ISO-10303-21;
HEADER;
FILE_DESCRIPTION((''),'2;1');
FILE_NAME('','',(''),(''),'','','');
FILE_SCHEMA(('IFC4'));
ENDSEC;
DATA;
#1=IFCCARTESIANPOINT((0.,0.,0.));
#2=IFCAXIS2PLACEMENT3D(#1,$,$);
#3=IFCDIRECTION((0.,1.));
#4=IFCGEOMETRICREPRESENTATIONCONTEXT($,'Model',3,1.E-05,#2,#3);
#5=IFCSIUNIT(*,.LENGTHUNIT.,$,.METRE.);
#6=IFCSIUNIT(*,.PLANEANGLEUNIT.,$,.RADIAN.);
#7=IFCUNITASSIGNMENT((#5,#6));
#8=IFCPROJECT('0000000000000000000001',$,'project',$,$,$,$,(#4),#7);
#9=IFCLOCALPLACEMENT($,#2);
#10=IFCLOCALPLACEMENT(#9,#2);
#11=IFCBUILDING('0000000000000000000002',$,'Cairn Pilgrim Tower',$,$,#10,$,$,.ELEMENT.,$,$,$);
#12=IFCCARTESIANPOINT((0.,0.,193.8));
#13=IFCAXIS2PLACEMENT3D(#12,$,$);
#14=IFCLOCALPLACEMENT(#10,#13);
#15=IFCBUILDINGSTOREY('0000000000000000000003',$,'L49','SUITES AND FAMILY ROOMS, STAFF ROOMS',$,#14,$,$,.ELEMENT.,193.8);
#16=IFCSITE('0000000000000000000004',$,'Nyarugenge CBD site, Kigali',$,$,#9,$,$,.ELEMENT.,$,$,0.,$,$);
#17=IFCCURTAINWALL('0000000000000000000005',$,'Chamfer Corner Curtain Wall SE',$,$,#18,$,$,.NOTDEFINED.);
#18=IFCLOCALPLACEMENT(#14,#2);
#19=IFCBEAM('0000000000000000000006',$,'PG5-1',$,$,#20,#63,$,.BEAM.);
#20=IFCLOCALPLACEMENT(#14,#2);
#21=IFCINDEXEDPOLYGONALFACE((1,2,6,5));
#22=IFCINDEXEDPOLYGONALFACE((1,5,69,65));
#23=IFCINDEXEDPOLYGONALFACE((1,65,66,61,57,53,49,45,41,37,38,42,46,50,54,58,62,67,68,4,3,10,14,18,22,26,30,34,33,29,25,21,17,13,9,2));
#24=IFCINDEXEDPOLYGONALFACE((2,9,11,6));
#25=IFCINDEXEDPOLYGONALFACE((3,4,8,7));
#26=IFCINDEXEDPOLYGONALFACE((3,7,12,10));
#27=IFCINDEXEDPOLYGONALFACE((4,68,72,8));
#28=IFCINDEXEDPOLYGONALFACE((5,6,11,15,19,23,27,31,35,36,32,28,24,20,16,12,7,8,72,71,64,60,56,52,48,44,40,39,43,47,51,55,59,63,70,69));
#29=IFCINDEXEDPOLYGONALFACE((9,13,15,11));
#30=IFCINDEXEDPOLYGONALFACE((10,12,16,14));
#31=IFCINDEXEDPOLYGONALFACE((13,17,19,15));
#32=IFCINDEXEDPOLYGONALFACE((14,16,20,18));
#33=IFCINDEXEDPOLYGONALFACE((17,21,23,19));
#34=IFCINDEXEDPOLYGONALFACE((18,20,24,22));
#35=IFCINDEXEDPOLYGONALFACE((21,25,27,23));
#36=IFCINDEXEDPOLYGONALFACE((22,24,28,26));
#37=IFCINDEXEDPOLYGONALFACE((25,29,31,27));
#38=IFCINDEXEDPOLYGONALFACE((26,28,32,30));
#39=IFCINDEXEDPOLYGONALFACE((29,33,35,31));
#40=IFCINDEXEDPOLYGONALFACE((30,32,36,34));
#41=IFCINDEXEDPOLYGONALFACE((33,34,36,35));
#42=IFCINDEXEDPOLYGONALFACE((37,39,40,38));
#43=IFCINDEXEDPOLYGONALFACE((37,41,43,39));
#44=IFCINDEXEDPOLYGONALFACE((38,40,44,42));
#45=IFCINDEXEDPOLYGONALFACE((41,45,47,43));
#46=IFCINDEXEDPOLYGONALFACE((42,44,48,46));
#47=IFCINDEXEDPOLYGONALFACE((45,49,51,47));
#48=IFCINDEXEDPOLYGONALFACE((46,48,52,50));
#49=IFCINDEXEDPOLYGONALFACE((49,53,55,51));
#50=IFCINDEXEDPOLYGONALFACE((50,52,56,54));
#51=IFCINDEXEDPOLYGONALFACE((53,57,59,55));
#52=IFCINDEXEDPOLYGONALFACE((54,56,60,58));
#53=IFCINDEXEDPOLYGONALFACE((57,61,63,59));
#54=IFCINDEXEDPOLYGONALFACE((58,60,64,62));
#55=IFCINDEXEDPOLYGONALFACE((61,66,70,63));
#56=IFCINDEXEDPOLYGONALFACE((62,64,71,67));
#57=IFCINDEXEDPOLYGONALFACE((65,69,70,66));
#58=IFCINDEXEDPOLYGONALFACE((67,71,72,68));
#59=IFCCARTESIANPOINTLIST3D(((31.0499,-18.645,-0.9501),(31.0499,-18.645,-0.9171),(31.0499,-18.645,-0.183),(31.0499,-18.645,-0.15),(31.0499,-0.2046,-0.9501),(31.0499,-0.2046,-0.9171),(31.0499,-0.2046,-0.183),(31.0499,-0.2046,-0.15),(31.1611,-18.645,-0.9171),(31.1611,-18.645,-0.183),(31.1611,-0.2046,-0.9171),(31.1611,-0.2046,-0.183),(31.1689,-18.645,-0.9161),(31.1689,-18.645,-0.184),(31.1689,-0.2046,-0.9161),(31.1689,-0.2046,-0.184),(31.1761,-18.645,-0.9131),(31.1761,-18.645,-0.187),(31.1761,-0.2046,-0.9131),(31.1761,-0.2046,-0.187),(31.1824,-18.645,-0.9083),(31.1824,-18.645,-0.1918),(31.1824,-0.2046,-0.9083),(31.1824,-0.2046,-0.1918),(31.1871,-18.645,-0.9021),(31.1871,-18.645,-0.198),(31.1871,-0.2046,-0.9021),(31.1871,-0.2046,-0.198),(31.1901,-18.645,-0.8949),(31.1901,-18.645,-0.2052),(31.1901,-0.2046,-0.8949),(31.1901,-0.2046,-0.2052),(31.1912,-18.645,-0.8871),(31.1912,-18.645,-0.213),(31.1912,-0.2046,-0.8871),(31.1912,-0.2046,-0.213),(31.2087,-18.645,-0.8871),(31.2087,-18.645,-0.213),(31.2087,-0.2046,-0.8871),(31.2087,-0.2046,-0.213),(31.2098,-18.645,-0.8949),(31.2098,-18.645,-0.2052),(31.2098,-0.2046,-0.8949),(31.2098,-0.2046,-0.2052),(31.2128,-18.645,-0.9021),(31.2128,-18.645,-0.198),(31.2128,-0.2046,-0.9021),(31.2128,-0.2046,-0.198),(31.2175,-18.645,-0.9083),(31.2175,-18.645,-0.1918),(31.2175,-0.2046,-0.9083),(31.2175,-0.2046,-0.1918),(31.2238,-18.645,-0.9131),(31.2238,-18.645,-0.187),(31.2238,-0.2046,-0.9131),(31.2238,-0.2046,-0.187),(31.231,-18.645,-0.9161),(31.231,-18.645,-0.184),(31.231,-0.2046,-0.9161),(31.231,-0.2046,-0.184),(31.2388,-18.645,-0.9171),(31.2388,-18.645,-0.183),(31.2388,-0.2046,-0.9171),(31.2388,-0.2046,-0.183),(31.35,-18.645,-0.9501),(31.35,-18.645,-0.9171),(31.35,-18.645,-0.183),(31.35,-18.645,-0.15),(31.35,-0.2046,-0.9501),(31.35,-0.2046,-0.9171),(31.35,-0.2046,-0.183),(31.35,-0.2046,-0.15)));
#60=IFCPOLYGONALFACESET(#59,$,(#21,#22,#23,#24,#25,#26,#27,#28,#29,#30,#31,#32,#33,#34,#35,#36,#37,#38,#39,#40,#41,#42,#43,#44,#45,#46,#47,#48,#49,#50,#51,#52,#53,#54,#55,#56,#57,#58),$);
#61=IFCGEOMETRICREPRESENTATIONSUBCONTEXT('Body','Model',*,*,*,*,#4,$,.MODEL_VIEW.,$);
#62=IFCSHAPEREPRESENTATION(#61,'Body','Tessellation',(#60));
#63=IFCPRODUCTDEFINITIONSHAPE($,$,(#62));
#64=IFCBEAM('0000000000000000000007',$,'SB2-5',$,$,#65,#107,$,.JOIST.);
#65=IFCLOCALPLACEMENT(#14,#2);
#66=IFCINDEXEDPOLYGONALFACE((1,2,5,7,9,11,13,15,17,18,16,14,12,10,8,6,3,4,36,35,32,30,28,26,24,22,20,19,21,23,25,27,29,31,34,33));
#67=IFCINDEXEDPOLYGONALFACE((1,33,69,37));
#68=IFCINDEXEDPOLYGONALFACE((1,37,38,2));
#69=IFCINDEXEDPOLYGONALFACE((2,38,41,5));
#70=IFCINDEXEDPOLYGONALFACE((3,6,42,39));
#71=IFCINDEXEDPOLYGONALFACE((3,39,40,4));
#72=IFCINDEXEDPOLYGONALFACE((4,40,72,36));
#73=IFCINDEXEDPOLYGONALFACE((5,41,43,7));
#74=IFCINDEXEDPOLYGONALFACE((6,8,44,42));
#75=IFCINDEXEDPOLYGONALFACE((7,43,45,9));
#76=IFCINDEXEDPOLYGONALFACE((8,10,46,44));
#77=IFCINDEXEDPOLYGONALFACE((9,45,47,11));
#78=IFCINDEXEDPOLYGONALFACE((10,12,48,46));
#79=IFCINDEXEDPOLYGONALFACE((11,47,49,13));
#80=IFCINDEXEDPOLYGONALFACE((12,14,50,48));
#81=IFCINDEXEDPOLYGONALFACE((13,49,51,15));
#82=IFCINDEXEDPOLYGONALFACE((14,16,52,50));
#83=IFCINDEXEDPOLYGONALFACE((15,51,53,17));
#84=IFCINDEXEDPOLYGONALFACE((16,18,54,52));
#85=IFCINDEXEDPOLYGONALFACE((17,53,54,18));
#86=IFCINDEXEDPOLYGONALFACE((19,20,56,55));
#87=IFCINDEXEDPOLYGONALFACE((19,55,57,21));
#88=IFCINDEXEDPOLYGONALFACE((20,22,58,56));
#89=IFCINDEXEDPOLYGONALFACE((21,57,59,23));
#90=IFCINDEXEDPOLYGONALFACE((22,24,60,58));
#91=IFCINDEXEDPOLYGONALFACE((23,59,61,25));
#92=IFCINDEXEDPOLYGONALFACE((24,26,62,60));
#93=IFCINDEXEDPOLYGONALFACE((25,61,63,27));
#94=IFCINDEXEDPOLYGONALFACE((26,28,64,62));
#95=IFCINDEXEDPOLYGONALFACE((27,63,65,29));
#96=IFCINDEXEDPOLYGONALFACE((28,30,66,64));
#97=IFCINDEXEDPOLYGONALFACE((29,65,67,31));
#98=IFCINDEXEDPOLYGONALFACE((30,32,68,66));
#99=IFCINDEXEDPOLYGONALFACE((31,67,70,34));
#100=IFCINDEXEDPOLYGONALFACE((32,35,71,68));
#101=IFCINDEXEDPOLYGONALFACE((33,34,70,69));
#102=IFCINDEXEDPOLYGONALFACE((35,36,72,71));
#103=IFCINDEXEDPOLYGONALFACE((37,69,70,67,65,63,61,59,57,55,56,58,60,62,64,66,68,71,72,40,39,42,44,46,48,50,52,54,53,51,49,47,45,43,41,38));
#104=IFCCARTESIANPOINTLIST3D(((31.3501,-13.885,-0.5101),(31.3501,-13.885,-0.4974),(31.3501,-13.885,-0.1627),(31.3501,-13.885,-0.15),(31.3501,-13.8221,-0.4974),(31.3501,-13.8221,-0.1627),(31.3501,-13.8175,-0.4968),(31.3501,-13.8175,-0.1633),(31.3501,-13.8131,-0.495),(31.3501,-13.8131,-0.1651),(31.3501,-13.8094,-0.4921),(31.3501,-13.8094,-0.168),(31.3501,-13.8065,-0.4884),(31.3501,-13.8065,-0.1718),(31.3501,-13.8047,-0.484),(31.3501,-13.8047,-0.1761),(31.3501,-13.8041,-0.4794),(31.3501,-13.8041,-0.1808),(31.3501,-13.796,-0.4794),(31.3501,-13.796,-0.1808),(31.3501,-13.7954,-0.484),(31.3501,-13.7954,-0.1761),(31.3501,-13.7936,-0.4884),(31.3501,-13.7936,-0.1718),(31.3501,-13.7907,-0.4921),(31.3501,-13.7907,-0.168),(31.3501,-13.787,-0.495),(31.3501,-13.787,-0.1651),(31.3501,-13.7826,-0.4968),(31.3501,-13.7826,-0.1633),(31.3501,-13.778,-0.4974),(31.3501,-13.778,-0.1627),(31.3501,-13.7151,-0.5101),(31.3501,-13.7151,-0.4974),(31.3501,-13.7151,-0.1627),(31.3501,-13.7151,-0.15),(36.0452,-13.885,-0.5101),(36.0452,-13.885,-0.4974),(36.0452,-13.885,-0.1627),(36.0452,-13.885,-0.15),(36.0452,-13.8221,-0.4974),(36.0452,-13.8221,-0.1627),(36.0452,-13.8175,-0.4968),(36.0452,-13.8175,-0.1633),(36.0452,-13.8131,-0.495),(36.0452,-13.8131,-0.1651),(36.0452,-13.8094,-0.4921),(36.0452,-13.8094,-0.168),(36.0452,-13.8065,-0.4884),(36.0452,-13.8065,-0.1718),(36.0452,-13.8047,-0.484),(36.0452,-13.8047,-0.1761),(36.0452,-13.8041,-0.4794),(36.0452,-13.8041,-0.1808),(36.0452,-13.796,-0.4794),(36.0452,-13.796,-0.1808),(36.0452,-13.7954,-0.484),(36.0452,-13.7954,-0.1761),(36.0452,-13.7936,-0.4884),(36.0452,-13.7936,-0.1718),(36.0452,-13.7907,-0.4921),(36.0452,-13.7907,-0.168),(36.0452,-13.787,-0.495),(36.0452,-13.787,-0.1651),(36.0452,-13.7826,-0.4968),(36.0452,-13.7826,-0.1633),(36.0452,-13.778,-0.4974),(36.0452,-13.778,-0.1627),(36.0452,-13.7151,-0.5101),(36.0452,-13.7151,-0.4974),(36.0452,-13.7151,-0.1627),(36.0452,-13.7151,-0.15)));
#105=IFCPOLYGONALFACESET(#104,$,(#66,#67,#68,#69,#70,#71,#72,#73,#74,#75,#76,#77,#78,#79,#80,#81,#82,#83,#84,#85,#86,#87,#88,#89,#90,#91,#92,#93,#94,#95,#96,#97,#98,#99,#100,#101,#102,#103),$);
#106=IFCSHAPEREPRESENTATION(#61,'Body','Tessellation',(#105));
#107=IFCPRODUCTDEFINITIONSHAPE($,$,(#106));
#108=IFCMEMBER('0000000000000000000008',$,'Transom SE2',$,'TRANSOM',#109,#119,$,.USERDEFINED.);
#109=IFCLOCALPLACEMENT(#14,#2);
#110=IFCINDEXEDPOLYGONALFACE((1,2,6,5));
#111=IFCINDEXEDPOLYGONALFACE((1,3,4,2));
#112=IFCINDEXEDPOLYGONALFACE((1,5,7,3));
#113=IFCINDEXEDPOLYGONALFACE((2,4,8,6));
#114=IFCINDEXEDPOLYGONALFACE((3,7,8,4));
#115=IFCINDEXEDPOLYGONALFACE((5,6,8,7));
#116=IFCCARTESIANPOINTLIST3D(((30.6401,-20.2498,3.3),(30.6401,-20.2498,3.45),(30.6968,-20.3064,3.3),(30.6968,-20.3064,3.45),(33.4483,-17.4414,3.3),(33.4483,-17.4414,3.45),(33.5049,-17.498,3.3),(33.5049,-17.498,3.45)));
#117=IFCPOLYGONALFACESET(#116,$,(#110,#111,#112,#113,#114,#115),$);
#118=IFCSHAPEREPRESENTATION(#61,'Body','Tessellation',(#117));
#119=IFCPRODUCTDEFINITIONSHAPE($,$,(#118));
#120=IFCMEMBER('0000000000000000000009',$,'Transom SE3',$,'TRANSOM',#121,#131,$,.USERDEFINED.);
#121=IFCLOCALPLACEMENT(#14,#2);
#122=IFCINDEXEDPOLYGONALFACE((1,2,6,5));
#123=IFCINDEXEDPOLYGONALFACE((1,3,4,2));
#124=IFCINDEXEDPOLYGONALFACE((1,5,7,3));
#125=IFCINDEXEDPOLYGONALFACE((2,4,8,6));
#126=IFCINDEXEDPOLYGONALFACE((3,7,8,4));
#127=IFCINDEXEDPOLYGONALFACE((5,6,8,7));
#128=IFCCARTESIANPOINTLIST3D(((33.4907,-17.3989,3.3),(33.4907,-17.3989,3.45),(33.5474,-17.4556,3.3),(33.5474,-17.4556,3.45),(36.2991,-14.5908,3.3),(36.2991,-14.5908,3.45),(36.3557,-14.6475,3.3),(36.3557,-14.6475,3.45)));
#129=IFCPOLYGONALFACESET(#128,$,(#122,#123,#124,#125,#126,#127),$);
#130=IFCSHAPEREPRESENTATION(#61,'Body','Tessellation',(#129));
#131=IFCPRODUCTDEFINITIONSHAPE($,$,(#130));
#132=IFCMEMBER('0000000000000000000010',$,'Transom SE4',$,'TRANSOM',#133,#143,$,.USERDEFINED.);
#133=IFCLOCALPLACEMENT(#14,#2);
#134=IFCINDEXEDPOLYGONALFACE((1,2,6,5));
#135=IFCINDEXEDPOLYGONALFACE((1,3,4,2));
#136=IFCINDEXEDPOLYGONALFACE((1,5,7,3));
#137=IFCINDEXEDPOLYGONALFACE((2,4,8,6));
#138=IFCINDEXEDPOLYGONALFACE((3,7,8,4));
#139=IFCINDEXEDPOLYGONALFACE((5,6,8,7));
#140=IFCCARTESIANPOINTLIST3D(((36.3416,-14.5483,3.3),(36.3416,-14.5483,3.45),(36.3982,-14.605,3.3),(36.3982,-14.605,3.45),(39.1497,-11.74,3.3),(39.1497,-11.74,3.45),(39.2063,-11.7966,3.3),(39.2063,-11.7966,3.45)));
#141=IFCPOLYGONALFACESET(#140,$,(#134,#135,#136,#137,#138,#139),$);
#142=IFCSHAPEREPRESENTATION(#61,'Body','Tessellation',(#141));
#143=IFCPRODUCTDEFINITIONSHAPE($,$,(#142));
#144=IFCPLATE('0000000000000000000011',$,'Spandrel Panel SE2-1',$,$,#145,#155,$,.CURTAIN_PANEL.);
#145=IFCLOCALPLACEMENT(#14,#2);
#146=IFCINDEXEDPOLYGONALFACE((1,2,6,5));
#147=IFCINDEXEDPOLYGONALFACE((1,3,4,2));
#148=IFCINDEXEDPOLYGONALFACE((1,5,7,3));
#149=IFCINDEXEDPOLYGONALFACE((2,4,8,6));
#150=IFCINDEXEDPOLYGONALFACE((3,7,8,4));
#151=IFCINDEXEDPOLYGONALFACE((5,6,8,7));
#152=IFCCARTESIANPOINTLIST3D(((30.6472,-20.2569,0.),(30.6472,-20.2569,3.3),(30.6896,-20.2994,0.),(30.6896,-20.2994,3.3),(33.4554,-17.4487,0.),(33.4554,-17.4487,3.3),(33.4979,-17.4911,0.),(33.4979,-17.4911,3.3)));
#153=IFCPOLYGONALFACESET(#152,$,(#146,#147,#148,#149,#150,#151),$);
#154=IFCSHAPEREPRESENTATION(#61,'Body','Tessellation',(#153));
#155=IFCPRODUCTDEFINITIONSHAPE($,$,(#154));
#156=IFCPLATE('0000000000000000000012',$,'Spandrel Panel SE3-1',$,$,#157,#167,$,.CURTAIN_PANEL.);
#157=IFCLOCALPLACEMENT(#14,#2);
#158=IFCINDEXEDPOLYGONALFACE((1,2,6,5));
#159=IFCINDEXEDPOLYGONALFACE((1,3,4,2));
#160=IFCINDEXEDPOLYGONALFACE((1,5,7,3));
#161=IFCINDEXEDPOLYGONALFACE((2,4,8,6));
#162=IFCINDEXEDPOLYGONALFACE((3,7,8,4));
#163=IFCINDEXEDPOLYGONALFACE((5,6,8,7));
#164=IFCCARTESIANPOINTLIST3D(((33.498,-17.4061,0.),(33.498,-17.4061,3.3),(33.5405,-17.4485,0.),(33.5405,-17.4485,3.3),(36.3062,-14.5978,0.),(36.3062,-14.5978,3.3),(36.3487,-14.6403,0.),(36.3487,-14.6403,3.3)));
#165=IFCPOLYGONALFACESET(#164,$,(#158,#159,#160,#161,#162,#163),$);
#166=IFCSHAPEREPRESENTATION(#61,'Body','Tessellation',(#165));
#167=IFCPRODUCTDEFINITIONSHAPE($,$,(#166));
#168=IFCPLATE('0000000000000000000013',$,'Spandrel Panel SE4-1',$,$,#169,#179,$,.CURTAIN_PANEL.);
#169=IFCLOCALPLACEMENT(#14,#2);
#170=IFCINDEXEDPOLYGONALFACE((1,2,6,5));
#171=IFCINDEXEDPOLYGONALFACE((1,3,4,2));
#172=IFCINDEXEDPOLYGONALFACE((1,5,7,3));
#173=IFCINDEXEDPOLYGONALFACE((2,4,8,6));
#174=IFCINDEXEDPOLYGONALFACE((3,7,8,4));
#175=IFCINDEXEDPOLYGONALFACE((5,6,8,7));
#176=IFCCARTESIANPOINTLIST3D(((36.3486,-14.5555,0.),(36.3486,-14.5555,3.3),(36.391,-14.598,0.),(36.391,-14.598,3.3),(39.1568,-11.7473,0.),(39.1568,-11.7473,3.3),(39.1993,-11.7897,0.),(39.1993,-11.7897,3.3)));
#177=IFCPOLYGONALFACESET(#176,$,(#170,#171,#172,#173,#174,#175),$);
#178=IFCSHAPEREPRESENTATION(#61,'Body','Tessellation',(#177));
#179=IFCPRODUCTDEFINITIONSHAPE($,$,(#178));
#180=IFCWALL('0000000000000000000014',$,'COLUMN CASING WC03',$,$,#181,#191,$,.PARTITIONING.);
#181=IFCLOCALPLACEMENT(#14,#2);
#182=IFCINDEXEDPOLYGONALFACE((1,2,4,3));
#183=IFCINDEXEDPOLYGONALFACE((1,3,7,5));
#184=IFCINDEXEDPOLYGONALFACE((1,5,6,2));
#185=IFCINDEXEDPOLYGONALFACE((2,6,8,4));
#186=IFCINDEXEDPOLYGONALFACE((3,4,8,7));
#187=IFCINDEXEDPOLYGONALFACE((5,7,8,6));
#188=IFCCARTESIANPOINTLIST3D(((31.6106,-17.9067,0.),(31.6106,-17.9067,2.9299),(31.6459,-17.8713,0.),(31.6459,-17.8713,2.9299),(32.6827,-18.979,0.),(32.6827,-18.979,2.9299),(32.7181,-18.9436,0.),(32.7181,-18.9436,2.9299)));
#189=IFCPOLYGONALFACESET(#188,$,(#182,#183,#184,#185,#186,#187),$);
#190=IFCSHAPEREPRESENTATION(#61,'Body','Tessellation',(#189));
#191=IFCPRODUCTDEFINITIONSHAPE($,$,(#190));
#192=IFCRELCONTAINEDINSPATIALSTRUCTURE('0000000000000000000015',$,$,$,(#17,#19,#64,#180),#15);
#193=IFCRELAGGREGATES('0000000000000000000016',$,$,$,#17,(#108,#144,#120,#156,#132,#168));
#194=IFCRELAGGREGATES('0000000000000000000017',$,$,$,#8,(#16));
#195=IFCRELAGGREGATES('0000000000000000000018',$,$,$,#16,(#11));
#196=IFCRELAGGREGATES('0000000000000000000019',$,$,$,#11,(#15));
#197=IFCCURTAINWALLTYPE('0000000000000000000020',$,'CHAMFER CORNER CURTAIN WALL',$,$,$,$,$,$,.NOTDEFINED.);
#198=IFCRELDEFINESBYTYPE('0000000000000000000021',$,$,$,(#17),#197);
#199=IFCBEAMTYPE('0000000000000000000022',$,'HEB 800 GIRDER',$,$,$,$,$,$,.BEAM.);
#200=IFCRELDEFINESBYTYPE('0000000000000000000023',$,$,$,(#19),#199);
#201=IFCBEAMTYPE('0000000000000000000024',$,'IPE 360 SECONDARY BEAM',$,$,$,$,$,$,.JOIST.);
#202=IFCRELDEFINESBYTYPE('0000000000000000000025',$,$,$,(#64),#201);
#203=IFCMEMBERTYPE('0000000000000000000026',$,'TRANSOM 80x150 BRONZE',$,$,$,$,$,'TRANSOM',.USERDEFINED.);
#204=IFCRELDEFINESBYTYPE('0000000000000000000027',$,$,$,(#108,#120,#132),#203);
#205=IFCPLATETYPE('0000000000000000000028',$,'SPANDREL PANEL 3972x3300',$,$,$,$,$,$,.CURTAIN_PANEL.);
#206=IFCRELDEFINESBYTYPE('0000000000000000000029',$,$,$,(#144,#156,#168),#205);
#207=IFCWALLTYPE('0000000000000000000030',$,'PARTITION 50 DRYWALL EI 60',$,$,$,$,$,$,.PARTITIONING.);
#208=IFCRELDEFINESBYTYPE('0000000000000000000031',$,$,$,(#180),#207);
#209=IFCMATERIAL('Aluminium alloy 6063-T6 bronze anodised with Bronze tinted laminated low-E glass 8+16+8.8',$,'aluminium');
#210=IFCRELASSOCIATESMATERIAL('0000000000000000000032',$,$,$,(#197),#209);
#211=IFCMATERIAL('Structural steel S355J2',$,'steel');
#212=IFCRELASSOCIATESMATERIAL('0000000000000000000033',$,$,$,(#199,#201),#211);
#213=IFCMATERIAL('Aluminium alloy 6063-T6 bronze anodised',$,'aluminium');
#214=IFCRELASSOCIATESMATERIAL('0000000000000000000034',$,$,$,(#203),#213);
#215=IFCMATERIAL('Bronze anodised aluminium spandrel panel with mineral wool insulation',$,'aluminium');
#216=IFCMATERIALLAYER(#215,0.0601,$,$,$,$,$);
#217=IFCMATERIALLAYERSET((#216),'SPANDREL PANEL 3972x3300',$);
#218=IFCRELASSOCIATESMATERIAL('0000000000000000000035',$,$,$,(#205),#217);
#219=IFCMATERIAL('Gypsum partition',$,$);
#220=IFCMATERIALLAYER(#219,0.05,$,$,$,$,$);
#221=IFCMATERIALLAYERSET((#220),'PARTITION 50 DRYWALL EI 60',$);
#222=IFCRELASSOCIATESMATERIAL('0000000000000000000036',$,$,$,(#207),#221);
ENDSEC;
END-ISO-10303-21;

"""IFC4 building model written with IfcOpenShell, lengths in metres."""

from ifc_helpers import new_model, si_unit, direction, frame, frame_2d, origin, origin_2d, place, context, subcontext, project, spatial, rectangle, i_section, extrude, material, layer, layer_set, material_profile, profile_set, type_object, element, aggregate, save


model = new_model("IFC4")

# Units and contexts
model_context = context("Model", 3, precision=1e-05, world=origin(), true_north=direction((0.0, 1.0)))
body_context = subcontext(model_context, "Body", "Model", "MODEL_VIEW")
ifc_project = project(units=[si_unit("LENGTHUNIT", "METRE"), si_unit("PLANEANGLEUNIT", "RADIAN")], contexts=[model_context])

# Site, building, storey
site_placement = place(None, origin())
site = spatial("IfcSite", under=ifc_project, at=site_placement, Name="Nyarugenge CBD site, Kigali", CompositionType="ELEMENT", RefElevation=0.0)
building_placement = place(site_placement, origin())
building = spatial("IfcBuilding", under=site, at=building_placement, Name="Cairn Pilgrim Tower", CompositionType="ELEMENT")
storey_placement = place(building_placement, frame((0.0, 0.0, 193.8)))
storey = spatial("IfcBuildingStorey", under=building, at=storey_placement, Name="L49", Description="SUITES AND FAMILY ROOMS, STAFF ROOMS", CompositionType="ELEMENT", Elevation=193.8)

# Shared definitions
ifc_material_1 = material(Name="Structural steel S355J2", Category="steel")

# Curtain wall
ifc_material_2 = material(Name="Aluminium alloy 6063-T6 bronze anodised with Bronze tinted laminated low-E glass 8+16+8.8", Category="aluminium")
curtain_wall_type = type_object("IfcCurtainWallType", Name="CHAMFER CORNER CURTAIN WALL", PredefinedType="NOTDEFINED", material=ifc_material_2)
curtain_wall_placement = place(storey_placement, origin())
curtain_wall = element("IfcCurtainWall", 1, at=curtain_wall_placement, inside=storey, type_object=curtain_wall_type, Name="Chamfer Corner Curtain Wall SE", PredefinedType="NOTDEFINED")
ifc_material_3 = material(Name="Aluminium alloy 6063-T6 bronze anodised", Category="aluminium")

# Beams
ifc_material_profile_1 = material_profile(ifc_material_1, i_section(OverallWidth=0.3, OverallDepth=0.8, WebThickness=0.0176, FlangeThickness=0.033, FilletRadius=0.03, at=origin_2d()), Name="HEB 800")
ifc_profile_set_1 = profile_set([ifc_material_profile_1], Name="Structural steel S355J2")
beam_type_1 = type_object("IfcBeamType", Name="HEB 800 GIRDER", PredefinedType="BEAM", material=ifc_profile_set_1)
beam_1_placement = place(storey_placement, frame((31.2, -18.645, -0.55), z_axis=(0.0, 1.0, 0.0), x_axis=(-1.0, 0.0, 0.0)))
element("IfcBeam", 2, at=beam_1_placement, inside=storey, type_object=beam_type_1, Name="PG5-1", PredefinedType="BEAM", context=body_context, shape_type="SweptSolid", body=[
    extrude(i_section(OverallWidth=0.3, OverallDepth=0.8, WebThickness=0.0176, FlangeThickness=0.033, FilletRadius=0.03, at=origin_2d()), origin(), (0.0, 0.0, 1.0), 18.4404),
])
ifc_material_profile_2 = material_profile(ifc_material_1, i_section(OverallWidth=0.1699, OverallDepth=0.3601, WebThickness=0.0081, FlangeThickness=0.0127, FilletRadius=0.0181, at=origin_2d()), Name="IPE 360")
ifc_profile_set_2 = profile_set([ifc_material_profile_2], Name="Structural steel S355J2")
beam_type_2 = type_object("IfcBeamType", Name="IPE 360 SECONDARY BEAM", PredefinedType="JOIST", material=ifc_profile_set_2)
beam_2_placement = place(storey_placement, frame((31.3501, -13.8, -0.3301), z_axis=(1.0, 0.0, 0.0), x_axis=(0.0, 1.0, 0.0)))
element("IfcBeam", 3, at=beam_2_placement, inside=storey, type_object=beam_type_2, Name="SB2-5", PredefinedType="JOIST", context=body_context, shape_type="SweptSolid", body=[
    extrude(i_section(OverallWidth=0.1699, OverallDepth=0.3601, WebThickness=0.0081, FlangeThickness=0.0127, FilletRadius=0.0181, at=origin_2d()), origin(), (0.0, 0.0, 1.0), 4.6951),
])

# Members
ifc_material_profile_3 = material_profile(ifc_material_3, rectangle(XDim=0.0801, YDim=0.1499, at=origin_2d()), Name="TRANSOM 80x150 BRONZE")
ifc_profile_set_3 = profile_set([ifc_material_profile_3], Name="Aluminium alloy 6063-T6 bronze anodised")
member_type_1 = type_object("IfcMemberType", Name="TRANSOM 80x150 BRONZE", ElementType="TRANSOM", PredefinedType="USERDEFINED", material=ifc_profile_set_3)
member_1_placement = place(storey_placement, frame((30.6685, -20.2781, 3.375), z_axis=(0.707076, 0.707138, 0.0), x_axis=(-0.707138, 0.707076, 0.0)))
member_1 = element("IfcMember", 4, at=member_1_placement, type_object=member_type_1, Name="Transom SE2", ObjectType="TRANSOM", PredefinedType="USERDEFINED", context=body_context, shape_type="SweptSolid", body=[
    extrude(rectangle(XDim=0.0801, YDim=0.1499, at=origin_2d()), origin(), (0.0, 0.0, 1.0), 3.9714),
])
member_2_placement = place(storey_placement, frame((33.519, -17.4272, 3.375), z_axis=(0.707138, 0.707076, 0.0), x_axis=(-0.707076, 0.707138, 0.0)))
member_2 = element("IfcMember", 5, at=member_2_placement, type_object=member_type_1, Name="Transom SE3", ObjectType="TRANSOM", PredefinedType="USERDEFINED", context=body_context, shape_type="SweptSolid", body=[
    extrude(rectangle(XDim=0.0801, YDim=0.1499, at=origin_2d()), origin(), (0.0, 0.0, 1.0), 3.9714),
])
member_3_placement = place(storey_placement, frame((36.3699, -14.5767, 3.375), z_axis=(0.707076, 0.707138, 0.0), x_axis=(-0.707138, 0.707076, 0.0)))
member_3 = element("IfcMember", 6, at=member_3_placement, type_object=member_type_1, Name="Transom SE4", ObjectType="TRANSOM", PredefinedType="USERDEFINED", context=body_context, shape_type="SweptSolid", body=[
    extrude(rectangle(XDim=0.0801, YDim=0.1499, at=origin_2d()), origin(), (0.0, 0.0, 1.0), 3.9714),
])

# Plates
ifc_material_4 = material(Name="Bronze anodised aluminium spandrel panel with mineral wool insulation", Category="aluminium")
ifc_layer_1 = layer(ifc_material_4, 0.0601)
ifc_layer_set_1 = layer_set([ifc_layer_1], Name="SPANDREL PANEL 3972x3300")
plate_type = type_object("IfcPlateType", Name="SPANDREL PANEL 3972x3300", PredefinedType="CURTAIN_PANEL", material=ifc_layer_set_1)
plate_1_placement = place(storey_placement, frame((32.0725, -18.874, 0.0), z_axis=(0.0, 0.0, 1.0), x_axis=(0.707107, 0.707107, 0.0)))
plate_1 = element("IfcPlate", 7, at=plate_1_placement, type_object=plate_type, Name="Spandrel Panel SE2-1", PredefinedType="CURTAIN_PANEL", context=body_context, shape_type="SweptSolid", body=[
    extrude(rectangle(XDim=3.9714, YDim=0.0601, at=origin_2d()), origin(), (0.0, 0.0, 1.0), 3.3),
])
plate_2_placement = place(storey_placement, frame((34.9233, -16.0232, 0.0), z_axis=(0.0, 0.0, 1.0), x_axis=(0.707107, 0.707107, 0.0)))
plate_2 = element("IfcPlate", 8, at=plate_2_placement, type_object=plate_type, Name="Spandrel Panel SE3-1", PredefinedType="CURTAIN_PANEL", context=body_context, shape_type="SweptSolid", body=[
    extrude(rectangle(XDim=3.9714, YDim=0.0601, at=origin_2d()), origin(), (0.0, 0.0, 1.0), 3.3),
])
plate_3_placement = place(storey_placement, frame((37.7739, -13.1726, 0.0), z_axis=(0.0, 0.0, 1.0), x_axis=(0.707107, 0.707107, 0.0)))
plate_3 = element("IfcPlate", 9, at=plate_3_placement, type_object=plate_type, Name="Spandrel Panel SE4-1", PredefinedType="CURTAIN_PANEL", context=body_context, shape_type="SweptSolid", body=[
    extrude(rectangle(XDim=3.9714, YDim=0.0601, at=origin_2d()), origin(), (0.0, 0.0, 1.0), 3.3),
])
aggregate(curtain_wall, [member_1, plate_1, member_2, plate_2, member_3, plate_3])

# Wall
ifc_material_5 = material(Name="Gypsum partition")
ifc_layer_2 = layer(ifc_material_5, 0.05)
ifc_layer_set_2 = layer_set([ifc_layer_2], Name="PARTITION 50 DRYWALL EI 60")
wall_type_1 = type_object("IfcWallType", Name="PARTITION 50 DRYWALL EI 60", PredefinedType="PARTITIONING", material=ifc_layer_set_2)
wall_1_placement = place(storey_placement, frame((32.7004, -18.9614, 0.0), z_axis=(0.0, 0.0, 1.0), x_axis=(-0.707026, 0.707187, 0.0)))
element("IfcWall", 10, at=wall_1_placement, inside=storey, type_object=wall_type_1, Name="COLUMN CASING WC03", PredefinedType="PARTITIONING", context=body_context, shape_type="SweptSolid", body=[
    extrude(rectangle(XDim=1.5164, YDim=0.05, at=frame_2d((0.7583, 0.0))), origin(), (0.0, 0.0, 1.0), 2.9299),
])

save(model, "model.ifc")
